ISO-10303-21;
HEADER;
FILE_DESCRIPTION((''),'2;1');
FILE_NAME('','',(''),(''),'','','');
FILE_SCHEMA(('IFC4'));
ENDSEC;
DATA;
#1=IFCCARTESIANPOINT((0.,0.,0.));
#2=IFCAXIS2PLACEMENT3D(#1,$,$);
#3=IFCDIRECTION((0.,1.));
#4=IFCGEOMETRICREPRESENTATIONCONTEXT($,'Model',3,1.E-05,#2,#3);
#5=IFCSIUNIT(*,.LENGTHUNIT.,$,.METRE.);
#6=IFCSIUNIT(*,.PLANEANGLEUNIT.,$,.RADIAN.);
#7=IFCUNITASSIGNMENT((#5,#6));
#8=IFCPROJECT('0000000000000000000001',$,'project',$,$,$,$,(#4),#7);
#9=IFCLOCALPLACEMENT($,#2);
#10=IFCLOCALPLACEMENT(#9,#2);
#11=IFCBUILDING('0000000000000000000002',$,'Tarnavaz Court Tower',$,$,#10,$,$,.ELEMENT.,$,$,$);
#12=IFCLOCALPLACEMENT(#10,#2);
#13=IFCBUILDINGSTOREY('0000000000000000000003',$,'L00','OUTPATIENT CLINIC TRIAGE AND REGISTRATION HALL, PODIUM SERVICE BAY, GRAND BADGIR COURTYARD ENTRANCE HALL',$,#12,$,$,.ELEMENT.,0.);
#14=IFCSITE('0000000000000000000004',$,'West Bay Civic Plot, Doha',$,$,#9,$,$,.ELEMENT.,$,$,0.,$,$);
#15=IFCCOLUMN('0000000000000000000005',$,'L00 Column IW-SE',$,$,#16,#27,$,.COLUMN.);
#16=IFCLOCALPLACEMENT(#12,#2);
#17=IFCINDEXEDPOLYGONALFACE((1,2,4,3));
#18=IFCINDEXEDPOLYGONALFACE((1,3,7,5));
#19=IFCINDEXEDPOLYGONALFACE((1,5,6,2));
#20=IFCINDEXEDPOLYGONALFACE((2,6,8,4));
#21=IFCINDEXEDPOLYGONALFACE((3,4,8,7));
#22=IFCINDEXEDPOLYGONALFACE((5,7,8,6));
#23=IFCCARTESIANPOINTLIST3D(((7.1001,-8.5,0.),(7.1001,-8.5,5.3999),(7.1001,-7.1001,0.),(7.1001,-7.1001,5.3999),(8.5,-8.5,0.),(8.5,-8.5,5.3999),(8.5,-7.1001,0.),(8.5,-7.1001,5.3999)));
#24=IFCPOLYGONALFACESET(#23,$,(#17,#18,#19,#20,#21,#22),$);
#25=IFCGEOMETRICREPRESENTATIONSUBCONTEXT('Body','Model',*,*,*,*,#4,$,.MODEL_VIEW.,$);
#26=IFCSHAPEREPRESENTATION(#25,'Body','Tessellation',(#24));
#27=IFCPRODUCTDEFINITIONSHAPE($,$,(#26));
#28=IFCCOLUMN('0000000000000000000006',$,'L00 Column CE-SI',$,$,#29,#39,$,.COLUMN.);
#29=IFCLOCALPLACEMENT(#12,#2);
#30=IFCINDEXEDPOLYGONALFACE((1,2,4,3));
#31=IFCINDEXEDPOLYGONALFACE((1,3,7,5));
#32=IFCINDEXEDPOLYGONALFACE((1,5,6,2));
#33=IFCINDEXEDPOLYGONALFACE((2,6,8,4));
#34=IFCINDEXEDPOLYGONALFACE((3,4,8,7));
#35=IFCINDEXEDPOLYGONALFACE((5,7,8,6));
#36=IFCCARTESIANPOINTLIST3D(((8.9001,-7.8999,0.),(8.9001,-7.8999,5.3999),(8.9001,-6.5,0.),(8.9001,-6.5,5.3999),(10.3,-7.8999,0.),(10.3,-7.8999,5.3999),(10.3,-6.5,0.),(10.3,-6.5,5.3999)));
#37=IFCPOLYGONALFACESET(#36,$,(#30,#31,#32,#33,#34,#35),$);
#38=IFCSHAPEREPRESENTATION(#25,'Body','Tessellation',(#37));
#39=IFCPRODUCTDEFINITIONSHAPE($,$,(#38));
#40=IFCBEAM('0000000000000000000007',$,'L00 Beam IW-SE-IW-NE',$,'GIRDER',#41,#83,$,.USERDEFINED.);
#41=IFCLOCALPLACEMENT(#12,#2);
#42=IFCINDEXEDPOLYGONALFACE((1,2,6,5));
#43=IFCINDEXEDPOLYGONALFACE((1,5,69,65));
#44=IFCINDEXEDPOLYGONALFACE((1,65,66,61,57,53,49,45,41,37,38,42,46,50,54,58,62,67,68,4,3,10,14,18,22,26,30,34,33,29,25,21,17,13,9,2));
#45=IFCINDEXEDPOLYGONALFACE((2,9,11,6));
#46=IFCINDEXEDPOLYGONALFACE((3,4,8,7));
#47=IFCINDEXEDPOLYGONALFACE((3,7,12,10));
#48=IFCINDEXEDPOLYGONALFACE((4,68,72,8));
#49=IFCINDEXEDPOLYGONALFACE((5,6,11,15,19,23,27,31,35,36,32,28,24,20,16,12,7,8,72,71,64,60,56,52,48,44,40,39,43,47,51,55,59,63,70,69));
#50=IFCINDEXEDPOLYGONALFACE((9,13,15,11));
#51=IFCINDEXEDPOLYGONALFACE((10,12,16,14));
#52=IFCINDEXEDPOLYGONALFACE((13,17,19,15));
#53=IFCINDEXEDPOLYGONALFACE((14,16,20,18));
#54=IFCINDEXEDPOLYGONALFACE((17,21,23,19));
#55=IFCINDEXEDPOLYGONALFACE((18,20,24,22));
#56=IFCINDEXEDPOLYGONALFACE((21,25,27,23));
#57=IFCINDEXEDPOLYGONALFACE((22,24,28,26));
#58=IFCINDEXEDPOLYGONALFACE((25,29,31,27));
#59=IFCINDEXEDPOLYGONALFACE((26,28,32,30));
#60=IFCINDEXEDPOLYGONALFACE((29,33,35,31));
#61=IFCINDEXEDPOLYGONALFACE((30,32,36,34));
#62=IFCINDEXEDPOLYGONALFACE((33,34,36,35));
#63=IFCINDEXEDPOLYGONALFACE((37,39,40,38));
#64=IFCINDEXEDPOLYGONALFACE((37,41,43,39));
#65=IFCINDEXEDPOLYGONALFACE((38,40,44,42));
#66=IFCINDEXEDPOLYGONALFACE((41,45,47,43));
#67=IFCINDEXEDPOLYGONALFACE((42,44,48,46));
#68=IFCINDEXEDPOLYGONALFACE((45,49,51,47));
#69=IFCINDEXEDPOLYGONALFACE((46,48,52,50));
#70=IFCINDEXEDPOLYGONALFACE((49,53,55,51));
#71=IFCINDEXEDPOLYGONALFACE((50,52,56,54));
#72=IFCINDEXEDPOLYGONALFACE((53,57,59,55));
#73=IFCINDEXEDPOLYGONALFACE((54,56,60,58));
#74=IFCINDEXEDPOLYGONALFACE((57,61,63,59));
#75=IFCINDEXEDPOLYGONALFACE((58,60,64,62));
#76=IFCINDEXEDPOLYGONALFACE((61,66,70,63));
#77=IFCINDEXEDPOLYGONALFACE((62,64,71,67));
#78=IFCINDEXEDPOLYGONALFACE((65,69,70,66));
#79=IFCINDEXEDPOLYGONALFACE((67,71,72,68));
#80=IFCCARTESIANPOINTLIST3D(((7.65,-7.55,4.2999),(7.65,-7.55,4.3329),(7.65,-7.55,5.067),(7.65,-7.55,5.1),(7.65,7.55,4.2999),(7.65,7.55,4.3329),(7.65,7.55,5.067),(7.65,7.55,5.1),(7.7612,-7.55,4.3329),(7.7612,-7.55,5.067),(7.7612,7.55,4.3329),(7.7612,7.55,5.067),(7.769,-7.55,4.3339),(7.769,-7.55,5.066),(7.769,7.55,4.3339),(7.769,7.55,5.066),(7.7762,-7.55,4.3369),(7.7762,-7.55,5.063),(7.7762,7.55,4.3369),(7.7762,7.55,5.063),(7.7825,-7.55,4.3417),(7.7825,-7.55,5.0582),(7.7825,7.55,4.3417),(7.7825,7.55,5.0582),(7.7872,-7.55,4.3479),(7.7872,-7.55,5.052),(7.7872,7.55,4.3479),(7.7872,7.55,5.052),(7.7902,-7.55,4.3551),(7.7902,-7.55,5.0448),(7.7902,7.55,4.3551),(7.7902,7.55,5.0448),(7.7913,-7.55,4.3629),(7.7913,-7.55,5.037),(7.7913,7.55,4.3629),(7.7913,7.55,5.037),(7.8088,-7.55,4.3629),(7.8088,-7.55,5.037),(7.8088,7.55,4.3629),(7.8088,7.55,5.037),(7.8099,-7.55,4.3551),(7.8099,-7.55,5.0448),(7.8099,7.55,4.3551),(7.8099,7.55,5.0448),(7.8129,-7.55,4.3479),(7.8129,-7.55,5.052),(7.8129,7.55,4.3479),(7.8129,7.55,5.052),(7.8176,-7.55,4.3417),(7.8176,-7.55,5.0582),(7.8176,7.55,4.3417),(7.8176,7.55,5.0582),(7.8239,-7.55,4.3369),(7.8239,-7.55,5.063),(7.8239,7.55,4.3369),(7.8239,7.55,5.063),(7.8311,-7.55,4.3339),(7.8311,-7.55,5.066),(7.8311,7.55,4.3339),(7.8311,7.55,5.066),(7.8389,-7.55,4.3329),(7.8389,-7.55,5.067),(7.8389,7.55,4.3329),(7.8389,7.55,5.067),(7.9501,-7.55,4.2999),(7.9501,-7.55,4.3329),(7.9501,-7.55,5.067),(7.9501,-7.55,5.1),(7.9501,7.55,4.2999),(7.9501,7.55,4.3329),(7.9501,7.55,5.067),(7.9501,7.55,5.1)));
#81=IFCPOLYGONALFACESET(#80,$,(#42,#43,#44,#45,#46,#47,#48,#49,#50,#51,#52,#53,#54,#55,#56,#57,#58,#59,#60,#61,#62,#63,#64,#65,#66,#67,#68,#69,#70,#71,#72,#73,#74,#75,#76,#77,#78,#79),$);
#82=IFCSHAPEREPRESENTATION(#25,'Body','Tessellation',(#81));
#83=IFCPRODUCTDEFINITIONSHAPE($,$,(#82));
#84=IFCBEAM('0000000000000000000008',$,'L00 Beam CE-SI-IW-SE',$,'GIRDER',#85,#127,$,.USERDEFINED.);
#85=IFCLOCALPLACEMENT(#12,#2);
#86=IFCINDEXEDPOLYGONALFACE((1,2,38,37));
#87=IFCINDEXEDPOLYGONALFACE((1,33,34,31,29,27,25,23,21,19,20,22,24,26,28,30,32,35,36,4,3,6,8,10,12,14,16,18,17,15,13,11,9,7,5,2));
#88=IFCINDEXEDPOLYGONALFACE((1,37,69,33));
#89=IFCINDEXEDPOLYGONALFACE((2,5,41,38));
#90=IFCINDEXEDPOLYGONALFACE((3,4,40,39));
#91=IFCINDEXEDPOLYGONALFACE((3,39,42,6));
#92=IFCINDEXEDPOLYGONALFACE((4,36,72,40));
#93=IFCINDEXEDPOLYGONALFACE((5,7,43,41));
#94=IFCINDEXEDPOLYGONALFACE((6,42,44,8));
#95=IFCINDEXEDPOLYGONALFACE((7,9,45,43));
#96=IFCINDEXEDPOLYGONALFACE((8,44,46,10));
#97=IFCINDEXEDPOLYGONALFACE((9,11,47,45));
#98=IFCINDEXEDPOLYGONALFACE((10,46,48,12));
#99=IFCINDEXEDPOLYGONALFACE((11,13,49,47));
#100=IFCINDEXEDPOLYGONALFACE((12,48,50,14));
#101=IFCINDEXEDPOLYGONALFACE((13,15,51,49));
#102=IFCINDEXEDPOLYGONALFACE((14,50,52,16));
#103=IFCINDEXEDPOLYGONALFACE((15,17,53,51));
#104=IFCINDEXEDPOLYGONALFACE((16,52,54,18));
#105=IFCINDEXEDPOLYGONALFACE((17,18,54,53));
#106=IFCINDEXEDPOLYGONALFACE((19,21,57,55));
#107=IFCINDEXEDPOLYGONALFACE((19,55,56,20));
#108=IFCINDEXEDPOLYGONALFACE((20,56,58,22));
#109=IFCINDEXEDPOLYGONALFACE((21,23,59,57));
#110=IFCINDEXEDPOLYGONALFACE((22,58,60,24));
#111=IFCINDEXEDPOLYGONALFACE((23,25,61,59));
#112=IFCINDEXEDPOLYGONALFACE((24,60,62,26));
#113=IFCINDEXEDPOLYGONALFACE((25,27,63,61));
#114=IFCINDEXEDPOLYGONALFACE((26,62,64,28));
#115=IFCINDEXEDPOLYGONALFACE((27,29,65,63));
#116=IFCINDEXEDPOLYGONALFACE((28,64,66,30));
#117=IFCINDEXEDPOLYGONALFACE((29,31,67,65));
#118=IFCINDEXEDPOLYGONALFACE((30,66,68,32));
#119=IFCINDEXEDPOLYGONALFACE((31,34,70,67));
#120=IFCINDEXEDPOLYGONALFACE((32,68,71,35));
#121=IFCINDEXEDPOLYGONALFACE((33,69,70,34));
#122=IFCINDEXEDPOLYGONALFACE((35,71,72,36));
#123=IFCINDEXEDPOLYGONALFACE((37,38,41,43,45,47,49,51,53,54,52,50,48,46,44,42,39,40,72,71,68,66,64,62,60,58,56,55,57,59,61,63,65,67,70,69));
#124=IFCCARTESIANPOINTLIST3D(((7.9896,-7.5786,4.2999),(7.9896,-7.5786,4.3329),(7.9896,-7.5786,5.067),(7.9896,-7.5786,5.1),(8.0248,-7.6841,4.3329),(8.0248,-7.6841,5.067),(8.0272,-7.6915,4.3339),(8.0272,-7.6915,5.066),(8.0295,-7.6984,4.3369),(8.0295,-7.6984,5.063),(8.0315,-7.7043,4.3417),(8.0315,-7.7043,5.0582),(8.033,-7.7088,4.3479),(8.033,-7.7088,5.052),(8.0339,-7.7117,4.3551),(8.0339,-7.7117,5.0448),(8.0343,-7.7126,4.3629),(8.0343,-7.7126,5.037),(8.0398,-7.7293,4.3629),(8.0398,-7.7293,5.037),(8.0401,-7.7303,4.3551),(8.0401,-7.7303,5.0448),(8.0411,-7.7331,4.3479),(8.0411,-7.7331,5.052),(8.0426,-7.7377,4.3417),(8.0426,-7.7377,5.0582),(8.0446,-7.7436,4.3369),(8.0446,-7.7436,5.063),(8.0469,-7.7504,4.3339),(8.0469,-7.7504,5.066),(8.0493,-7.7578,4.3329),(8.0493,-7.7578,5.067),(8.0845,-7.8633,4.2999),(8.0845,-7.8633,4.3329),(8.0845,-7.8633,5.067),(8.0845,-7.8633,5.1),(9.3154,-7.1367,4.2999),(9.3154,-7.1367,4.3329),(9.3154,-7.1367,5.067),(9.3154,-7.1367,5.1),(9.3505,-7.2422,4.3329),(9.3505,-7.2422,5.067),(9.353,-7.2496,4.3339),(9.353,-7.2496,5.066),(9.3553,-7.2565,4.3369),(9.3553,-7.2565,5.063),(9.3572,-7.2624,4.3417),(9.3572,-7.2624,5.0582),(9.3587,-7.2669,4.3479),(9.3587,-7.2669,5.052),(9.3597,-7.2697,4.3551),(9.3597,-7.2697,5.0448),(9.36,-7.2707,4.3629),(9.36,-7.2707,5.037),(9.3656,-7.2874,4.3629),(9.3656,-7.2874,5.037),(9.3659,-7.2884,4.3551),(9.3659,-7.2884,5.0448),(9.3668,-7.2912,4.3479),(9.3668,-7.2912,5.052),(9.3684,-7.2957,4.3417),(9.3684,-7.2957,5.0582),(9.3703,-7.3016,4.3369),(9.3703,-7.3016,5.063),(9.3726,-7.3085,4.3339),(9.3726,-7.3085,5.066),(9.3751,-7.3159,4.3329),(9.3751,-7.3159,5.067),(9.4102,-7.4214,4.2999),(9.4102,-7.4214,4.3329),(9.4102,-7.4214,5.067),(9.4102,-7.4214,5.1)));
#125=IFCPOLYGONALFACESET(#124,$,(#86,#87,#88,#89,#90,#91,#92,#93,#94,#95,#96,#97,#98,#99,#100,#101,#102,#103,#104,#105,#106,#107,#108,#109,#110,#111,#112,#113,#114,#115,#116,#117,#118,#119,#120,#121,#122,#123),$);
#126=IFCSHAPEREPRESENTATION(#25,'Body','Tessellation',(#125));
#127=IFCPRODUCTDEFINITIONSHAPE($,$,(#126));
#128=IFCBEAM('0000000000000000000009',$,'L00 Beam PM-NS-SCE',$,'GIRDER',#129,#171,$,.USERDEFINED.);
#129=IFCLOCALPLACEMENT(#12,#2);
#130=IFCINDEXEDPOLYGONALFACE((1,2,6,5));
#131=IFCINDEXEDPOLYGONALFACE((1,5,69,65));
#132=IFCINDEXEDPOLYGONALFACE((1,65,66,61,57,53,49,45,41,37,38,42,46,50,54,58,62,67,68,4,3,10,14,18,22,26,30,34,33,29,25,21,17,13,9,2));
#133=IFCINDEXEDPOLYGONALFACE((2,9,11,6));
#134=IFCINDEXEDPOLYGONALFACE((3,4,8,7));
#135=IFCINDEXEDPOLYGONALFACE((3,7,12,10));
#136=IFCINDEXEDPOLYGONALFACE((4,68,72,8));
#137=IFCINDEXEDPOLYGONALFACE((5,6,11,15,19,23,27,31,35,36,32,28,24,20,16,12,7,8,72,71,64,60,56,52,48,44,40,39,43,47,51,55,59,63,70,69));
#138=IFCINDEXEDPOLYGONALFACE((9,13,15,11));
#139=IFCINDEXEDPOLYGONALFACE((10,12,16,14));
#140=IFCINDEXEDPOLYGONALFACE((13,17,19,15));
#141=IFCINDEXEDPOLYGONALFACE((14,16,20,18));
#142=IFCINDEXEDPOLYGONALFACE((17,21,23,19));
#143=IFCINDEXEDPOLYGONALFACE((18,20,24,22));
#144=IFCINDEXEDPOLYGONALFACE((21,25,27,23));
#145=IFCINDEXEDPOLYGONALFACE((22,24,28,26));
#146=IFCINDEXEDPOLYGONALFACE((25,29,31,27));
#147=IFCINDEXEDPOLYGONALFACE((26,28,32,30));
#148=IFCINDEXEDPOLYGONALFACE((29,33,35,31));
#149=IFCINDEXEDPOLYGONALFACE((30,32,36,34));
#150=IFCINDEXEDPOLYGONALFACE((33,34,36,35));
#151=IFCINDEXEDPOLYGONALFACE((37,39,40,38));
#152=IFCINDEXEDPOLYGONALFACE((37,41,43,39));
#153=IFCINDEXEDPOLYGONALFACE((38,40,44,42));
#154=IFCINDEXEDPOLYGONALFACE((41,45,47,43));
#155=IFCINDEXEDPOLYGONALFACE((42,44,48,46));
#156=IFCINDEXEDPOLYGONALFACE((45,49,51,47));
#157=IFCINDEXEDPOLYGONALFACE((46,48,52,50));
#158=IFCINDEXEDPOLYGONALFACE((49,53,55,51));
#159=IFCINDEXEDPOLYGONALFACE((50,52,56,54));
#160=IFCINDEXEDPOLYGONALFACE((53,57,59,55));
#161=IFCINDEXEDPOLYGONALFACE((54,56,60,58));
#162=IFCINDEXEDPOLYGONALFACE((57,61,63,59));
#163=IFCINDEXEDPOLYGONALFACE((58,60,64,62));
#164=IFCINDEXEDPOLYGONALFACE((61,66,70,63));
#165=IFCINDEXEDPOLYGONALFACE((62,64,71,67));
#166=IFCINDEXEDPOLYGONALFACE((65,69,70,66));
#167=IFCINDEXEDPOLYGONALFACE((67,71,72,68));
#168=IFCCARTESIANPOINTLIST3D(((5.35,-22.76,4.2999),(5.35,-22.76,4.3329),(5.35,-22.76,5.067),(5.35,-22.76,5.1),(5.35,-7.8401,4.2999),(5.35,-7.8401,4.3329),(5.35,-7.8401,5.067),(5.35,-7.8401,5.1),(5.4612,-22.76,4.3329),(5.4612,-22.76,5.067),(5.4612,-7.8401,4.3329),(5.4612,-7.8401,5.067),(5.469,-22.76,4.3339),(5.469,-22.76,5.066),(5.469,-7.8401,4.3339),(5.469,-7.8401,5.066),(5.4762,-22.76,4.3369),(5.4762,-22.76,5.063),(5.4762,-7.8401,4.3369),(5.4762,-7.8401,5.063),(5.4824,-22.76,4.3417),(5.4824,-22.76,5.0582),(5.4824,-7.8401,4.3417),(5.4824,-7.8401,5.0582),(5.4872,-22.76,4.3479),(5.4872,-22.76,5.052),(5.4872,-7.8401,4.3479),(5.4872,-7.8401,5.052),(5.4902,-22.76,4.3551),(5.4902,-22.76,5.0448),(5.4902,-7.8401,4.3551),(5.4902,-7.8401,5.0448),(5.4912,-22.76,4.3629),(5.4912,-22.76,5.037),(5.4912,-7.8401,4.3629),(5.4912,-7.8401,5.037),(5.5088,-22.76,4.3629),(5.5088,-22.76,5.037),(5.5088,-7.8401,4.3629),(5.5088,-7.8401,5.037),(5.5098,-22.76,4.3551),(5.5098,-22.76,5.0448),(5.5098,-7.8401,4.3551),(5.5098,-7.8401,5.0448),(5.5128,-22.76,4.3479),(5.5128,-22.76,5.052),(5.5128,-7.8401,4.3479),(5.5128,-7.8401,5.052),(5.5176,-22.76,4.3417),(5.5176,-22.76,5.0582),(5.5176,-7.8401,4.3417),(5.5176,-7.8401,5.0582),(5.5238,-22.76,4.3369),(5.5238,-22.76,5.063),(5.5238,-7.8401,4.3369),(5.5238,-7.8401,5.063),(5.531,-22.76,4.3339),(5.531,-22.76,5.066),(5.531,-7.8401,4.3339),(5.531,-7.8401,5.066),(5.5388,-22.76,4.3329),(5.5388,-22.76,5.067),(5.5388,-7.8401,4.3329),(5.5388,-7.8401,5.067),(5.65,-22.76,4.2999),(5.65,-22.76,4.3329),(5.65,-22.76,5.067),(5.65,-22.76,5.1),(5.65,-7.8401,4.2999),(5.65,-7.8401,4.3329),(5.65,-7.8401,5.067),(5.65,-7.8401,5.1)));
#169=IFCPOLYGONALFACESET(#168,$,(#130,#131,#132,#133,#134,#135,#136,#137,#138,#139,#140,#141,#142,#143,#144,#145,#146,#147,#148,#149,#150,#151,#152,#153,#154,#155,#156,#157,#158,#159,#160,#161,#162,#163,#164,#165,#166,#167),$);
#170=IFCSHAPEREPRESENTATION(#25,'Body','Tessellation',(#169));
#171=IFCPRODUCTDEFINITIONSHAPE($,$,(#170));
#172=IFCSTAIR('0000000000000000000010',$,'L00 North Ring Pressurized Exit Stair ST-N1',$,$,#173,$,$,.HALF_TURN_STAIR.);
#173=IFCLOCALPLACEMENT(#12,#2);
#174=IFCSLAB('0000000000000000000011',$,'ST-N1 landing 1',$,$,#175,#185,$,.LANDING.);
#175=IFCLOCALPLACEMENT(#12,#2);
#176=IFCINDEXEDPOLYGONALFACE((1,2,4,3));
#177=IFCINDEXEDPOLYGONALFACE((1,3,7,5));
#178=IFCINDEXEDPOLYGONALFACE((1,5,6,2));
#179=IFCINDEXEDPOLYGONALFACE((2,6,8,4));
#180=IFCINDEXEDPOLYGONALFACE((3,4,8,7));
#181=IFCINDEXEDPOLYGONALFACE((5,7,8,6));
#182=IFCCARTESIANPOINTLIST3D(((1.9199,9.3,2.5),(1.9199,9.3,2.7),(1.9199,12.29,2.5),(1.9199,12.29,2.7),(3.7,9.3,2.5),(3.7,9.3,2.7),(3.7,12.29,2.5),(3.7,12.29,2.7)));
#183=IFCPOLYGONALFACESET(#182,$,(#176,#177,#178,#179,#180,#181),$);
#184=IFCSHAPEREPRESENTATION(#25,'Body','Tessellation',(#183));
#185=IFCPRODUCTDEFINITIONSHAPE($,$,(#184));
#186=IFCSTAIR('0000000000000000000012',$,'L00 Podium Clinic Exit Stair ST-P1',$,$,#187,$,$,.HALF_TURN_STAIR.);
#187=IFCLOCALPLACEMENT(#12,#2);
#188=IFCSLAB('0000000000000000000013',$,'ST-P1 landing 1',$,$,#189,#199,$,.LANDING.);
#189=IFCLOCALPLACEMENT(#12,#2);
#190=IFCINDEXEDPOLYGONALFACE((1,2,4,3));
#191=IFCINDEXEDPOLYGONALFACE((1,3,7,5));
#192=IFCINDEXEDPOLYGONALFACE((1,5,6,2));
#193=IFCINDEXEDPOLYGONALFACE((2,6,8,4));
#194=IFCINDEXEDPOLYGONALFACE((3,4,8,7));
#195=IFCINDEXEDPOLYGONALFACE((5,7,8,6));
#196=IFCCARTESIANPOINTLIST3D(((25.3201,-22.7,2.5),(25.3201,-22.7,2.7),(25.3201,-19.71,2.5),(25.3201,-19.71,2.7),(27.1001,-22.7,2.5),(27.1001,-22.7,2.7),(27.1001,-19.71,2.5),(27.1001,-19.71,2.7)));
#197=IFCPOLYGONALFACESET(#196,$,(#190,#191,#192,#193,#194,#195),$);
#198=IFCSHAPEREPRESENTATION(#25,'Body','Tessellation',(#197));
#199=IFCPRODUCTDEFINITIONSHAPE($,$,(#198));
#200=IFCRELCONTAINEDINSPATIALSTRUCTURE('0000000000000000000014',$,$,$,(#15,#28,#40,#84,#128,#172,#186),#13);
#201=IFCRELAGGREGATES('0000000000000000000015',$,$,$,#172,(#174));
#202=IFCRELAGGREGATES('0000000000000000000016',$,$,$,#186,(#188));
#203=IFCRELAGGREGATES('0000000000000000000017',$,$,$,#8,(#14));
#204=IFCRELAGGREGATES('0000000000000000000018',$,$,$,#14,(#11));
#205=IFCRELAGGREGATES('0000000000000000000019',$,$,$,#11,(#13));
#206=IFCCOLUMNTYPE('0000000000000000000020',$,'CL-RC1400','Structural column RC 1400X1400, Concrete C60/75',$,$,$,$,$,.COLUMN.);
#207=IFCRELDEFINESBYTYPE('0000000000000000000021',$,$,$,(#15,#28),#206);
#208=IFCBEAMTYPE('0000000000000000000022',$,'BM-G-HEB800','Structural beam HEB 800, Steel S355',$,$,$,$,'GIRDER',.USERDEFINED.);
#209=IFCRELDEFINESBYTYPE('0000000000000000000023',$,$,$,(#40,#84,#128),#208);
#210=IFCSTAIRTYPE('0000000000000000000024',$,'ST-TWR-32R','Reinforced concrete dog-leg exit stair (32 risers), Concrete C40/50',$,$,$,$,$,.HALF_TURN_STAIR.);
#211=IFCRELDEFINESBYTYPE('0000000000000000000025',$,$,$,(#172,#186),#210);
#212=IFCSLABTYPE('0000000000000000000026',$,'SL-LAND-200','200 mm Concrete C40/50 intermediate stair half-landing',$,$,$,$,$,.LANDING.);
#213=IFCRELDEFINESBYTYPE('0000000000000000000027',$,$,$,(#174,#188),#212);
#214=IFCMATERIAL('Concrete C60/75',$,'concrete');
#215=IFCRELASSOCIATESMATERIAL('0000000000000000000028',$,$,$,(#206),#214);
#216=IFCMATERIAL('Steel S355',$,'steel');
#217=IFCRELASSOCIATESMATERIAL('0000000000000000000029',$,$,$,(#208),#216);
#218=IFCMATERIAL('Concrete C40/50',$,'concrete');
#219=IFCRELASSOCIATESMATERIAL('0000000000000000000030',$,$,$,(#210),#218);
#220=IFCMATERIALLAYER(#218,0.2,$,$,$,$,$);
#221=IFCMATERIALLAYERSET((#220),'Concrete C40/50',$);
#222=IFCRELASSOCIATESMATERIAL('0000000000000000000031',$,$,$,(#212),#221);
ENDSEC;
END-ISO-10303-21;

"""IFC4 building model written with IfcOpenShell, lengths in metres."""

from ifc_helpers import new_model, si_unit, direction, frame, origin, origin_2d, place, context, subcontext, project, spatial, polyline, rectangle, i_section, outline, extrude, material, layer, layer_set, material_profile, profile_set, type_object, element, aggregate, save


model = new_model("IFC4")

# Units and contexts
model_context = context("Model", 3, precision=1e-05, world=origin(), true_north=direction((0.0, 1.0)))
body_context = subcontext(model_context, "Body", "Model", "MODEL_VIEW")
ifc_project = project(units=[si_unit("LENGTHUNIT", "METRE"), si_unit("PLANEANGLEUNIT", "RADIAN")], contexts=[model_context])

# Site, building, storey
site_placement = place(None, origin())
site = spatial("IfcSite", under=ifc_project, at=site_placement, Name="West Bay Civic Plot, Doha", CompositionType="ELEMENT", RefElevation=0.0)
building_placement = place(site_placement, origin())
building = spatial("IfcBuilding", under=site, at=building_placement, Name="Tarnavaz Court Tower", CompositionType="ELEMENT")
storey_placement = place(building_placement, origin())
storey = spatial("IfcBuildingStorey", under=building, at=storey_placement, Name="L00", Description="OUTPATIENT CLINIC TRIAGE AND REGISTRATION HALL, PODIUM SERVICE BAY, GRAND BADGIR COURTYARD ENTRANCE HALL", CompositionType="ELEMENT", Elevation=0.0)

# Columns
ifc_material_1 = material(Name="Concrete C60/75", Category="concrete")
ifc_material_profile_1 = material_profile(ifc_material_1, rectangle(XDim=1.3999, YDim=1.3999, at=origin_2d()), Name="RC 1400X1400")
ifc_profile_set_1 = profile_set([ifc_material_profile_1], Name="Concrete C60/75")
column_type = type_object("IfcColumnType", Name="CL-RC1400", Description="Structural column RC 1400X1400, Concrete C60/75", PredefinedType="COLUMN", material=ifc_profile_set_1)
for number, where, z_axis, x_axis, name in (
    (1, (7.8, -7.8, 0.0), (0.0, 0.0, 1.0), (1.0, 0.0, 0.0), "L00 Column IW-SE"),
    (2, (9.6001, -7.2, 0.0), (0.0, 0.0, 1.0), (1.0, 0.0, 0.0), "L00 Column CE-SI"),
):
    element("IfcColumn", number, at=place(storey_placement, frame(where, z_axis=z_axis, x_axis=x_axis)), inside=storey, type_object=column_type, Name=name, PredefinedType="COLUMN", context=body_context, shape_type="SweptSolid", body=[
        extrude(rectangle(XDim=1.3999, YDim=1.3999, at=origin_2d()), origin(), (0.0, 0.0, 1.0), 5.3999),
    ])

# Beams
ifc_material_2 = material(Name="Steel S355", Category="steel")
ifc_material_profile_2 = material_profile(ifc_material_2, i_section(OverallWidth=0.3, OverallDepth=0.8, WebThickness=0.0176, FlangeThickness=0.033, FilletRadius=0.03, at=origin_2d()), Name="HEB 800")
ifc_profile_set_2 = profile_set([ifc_material_profile_2], Name="Steel S355")
beam_type = type_object("IfcBeamType", Name="BM-G-HEB800", Description="Structural beam HEB 800, Steel S355", ElementType="GIRDER", PredefinedType="USERDEFINED", material=ifc_profile_set_2)
beam_1_placement = place(storey_placement, frame((7.8, -7.55, 4.7), z_axis=(0.0, 1.0, 0.0), x_axis=(-1.0, 0.0, 0.0)))
element("IfcBeam", 3, at=beam_1_placement, inside=storey, type_object=beam_type, Name="L00 Beam IW-SE-IW-NE", ObjectType="GIRDER", PredefinedType="USERDEFINED", context=body_context, shape_type="SweptSolid", body=[
    extrude(i_section(OverallWidth=0.3, OverallDepth=0.8, WebThickness=0.0176, FlangeThickness=0.033, FilletRadius=0.03, at=origin_2d()), origin(), (0.0, 0.0, 1.0), 15.1001),
])
beam_2_placement = place(storey_placement, frame((9.3628, -7.2791, 4.7), z_axis=(-0.948683, -0.316228, 0.0), x_axis=(0.316228, -0.948683, 0.0)))
element("IfcBeam", 4, at=beam_2_placement, inside=storey, type_object=beam_type, Name="L00 Beam CE-SI-IW-SE", ObjectType="GIRDER", PredefinedType="USERDEFINED", context=body_context, shape_type="SweptSolid", body=[
    extrude(i_section(OverallWidth=0.3, OverallDepth=0.8, WebThickness=0.0176, FlangeThickness=0.033, FilletRadius=0.03, at=origin_2d()), origin(), (0.0, 0.0, 1.0), 1.3975),
])
beam_3_placement = place(storey_placement, frame((5.5, -7.8401, 4.7), z_axis=(0.0, -1.0, 0.0), x_axis=(1.0, 0.0, 0.0)))
element("IfcBeam", 5, at=beam_3_placement, inside=storey, type_object=beam_type, Name="L00 Beam PM-NS-SCE", ObjectType="GIRDER", PredefinedType="USERDEFINED", context=body_context, shape_type="SweptSolid", body=[
    extrude(i_section(OverallWidth=0.3, OverallDepth=0.8, WebThickness=0.0176, FlangeThickness=0.033, FilletRadius=0.03, at=origin_2d()), origin(), (0.0, 0.0, 1.0), 14.9199),
])

# Stairs, slabs
ifc_material_3 = material(Name="Concrete C40/50", Category="concrete")
stair_type = type_object("IfcStairType", Name="ST-TWR-32R", Description="Reinforced concrete dog-leg exit stair (32 risers), Concrete C40/50", PredefinedType="HALF_TURN_STAIR", material=ifc_material_3)
stair_1_placement = place(storey_placement, origin())
stair_1 = element("IfcStair", 6, at=stair_1_placement, inside=storey, type_object=stair_type, Name="L00 North Ring Pressurized Exit Stair ST-N1", PredefinedType="HALF_TURN_STAIR")
ifc_layer_1 = layer(ifc_material_3, 0.2)
ifc_layer_set_1 = layer_set([ifc_layer_1], Name="Concrete C40/50")
slab_type = type_object("IfcSlabType", Name="SL-LAND-200", Description="200 mm Concrete C40/50 intermediate stair half-landing", PredefinedType="LANDING", material=ifc_layer_set_1)
slab_1_placement = place(storey_placement, frame((0.0, 0.0, 2.5)))
slab_1 = element("IfcSlab", 7, at=slab_1_placement, type_object=slab_type, Name="ST-N1 landing 1", PredefinedType="LANDING", context=body_context, shape_type="SweptSolid", body=[
    extrude(outline(polyline([(1.9199, 9.3), (3.7, 9.3), (3.7, 12.29), (1.9199, 12.29), (1.9199, 9.3)])), origin(), (0.0, 0.0, 1.0), 0.2),
])
aggregate(stair_1, [slab_1])
stair_2_placement = place(storey_placement, origin())
stair_2 = element("IfcStair", 8, at=stair_2_placement, inside=storey, type_object=stair_type, Name="L00 Podium Clinic Exit Stair ST-P1", PredefinedType="HALF_TURN_STAIR")
slab_2_placement = place(storey_placement, frame((0.0, 0.0, 2.5)))
slab_2 = element("IfcSlab", 9, at=slab_2_placement, type_object=slab_type, Name="ST-P1 landing 1", PredefinedType="LANDING", context=body_context, shape_type="SweptSolid", body=[
    extrude(outline(polyline([(25.3201, -22.7), (27.1001, -22.7), (27.1001, -19.71), (25.3201, -19.71), (25.3201, -22.7)])), origin(), (0.0, 0.0, 1.0), 0.2),
])
aggregate(stair_2, [slab_2])

save(model, "model.ifc")
